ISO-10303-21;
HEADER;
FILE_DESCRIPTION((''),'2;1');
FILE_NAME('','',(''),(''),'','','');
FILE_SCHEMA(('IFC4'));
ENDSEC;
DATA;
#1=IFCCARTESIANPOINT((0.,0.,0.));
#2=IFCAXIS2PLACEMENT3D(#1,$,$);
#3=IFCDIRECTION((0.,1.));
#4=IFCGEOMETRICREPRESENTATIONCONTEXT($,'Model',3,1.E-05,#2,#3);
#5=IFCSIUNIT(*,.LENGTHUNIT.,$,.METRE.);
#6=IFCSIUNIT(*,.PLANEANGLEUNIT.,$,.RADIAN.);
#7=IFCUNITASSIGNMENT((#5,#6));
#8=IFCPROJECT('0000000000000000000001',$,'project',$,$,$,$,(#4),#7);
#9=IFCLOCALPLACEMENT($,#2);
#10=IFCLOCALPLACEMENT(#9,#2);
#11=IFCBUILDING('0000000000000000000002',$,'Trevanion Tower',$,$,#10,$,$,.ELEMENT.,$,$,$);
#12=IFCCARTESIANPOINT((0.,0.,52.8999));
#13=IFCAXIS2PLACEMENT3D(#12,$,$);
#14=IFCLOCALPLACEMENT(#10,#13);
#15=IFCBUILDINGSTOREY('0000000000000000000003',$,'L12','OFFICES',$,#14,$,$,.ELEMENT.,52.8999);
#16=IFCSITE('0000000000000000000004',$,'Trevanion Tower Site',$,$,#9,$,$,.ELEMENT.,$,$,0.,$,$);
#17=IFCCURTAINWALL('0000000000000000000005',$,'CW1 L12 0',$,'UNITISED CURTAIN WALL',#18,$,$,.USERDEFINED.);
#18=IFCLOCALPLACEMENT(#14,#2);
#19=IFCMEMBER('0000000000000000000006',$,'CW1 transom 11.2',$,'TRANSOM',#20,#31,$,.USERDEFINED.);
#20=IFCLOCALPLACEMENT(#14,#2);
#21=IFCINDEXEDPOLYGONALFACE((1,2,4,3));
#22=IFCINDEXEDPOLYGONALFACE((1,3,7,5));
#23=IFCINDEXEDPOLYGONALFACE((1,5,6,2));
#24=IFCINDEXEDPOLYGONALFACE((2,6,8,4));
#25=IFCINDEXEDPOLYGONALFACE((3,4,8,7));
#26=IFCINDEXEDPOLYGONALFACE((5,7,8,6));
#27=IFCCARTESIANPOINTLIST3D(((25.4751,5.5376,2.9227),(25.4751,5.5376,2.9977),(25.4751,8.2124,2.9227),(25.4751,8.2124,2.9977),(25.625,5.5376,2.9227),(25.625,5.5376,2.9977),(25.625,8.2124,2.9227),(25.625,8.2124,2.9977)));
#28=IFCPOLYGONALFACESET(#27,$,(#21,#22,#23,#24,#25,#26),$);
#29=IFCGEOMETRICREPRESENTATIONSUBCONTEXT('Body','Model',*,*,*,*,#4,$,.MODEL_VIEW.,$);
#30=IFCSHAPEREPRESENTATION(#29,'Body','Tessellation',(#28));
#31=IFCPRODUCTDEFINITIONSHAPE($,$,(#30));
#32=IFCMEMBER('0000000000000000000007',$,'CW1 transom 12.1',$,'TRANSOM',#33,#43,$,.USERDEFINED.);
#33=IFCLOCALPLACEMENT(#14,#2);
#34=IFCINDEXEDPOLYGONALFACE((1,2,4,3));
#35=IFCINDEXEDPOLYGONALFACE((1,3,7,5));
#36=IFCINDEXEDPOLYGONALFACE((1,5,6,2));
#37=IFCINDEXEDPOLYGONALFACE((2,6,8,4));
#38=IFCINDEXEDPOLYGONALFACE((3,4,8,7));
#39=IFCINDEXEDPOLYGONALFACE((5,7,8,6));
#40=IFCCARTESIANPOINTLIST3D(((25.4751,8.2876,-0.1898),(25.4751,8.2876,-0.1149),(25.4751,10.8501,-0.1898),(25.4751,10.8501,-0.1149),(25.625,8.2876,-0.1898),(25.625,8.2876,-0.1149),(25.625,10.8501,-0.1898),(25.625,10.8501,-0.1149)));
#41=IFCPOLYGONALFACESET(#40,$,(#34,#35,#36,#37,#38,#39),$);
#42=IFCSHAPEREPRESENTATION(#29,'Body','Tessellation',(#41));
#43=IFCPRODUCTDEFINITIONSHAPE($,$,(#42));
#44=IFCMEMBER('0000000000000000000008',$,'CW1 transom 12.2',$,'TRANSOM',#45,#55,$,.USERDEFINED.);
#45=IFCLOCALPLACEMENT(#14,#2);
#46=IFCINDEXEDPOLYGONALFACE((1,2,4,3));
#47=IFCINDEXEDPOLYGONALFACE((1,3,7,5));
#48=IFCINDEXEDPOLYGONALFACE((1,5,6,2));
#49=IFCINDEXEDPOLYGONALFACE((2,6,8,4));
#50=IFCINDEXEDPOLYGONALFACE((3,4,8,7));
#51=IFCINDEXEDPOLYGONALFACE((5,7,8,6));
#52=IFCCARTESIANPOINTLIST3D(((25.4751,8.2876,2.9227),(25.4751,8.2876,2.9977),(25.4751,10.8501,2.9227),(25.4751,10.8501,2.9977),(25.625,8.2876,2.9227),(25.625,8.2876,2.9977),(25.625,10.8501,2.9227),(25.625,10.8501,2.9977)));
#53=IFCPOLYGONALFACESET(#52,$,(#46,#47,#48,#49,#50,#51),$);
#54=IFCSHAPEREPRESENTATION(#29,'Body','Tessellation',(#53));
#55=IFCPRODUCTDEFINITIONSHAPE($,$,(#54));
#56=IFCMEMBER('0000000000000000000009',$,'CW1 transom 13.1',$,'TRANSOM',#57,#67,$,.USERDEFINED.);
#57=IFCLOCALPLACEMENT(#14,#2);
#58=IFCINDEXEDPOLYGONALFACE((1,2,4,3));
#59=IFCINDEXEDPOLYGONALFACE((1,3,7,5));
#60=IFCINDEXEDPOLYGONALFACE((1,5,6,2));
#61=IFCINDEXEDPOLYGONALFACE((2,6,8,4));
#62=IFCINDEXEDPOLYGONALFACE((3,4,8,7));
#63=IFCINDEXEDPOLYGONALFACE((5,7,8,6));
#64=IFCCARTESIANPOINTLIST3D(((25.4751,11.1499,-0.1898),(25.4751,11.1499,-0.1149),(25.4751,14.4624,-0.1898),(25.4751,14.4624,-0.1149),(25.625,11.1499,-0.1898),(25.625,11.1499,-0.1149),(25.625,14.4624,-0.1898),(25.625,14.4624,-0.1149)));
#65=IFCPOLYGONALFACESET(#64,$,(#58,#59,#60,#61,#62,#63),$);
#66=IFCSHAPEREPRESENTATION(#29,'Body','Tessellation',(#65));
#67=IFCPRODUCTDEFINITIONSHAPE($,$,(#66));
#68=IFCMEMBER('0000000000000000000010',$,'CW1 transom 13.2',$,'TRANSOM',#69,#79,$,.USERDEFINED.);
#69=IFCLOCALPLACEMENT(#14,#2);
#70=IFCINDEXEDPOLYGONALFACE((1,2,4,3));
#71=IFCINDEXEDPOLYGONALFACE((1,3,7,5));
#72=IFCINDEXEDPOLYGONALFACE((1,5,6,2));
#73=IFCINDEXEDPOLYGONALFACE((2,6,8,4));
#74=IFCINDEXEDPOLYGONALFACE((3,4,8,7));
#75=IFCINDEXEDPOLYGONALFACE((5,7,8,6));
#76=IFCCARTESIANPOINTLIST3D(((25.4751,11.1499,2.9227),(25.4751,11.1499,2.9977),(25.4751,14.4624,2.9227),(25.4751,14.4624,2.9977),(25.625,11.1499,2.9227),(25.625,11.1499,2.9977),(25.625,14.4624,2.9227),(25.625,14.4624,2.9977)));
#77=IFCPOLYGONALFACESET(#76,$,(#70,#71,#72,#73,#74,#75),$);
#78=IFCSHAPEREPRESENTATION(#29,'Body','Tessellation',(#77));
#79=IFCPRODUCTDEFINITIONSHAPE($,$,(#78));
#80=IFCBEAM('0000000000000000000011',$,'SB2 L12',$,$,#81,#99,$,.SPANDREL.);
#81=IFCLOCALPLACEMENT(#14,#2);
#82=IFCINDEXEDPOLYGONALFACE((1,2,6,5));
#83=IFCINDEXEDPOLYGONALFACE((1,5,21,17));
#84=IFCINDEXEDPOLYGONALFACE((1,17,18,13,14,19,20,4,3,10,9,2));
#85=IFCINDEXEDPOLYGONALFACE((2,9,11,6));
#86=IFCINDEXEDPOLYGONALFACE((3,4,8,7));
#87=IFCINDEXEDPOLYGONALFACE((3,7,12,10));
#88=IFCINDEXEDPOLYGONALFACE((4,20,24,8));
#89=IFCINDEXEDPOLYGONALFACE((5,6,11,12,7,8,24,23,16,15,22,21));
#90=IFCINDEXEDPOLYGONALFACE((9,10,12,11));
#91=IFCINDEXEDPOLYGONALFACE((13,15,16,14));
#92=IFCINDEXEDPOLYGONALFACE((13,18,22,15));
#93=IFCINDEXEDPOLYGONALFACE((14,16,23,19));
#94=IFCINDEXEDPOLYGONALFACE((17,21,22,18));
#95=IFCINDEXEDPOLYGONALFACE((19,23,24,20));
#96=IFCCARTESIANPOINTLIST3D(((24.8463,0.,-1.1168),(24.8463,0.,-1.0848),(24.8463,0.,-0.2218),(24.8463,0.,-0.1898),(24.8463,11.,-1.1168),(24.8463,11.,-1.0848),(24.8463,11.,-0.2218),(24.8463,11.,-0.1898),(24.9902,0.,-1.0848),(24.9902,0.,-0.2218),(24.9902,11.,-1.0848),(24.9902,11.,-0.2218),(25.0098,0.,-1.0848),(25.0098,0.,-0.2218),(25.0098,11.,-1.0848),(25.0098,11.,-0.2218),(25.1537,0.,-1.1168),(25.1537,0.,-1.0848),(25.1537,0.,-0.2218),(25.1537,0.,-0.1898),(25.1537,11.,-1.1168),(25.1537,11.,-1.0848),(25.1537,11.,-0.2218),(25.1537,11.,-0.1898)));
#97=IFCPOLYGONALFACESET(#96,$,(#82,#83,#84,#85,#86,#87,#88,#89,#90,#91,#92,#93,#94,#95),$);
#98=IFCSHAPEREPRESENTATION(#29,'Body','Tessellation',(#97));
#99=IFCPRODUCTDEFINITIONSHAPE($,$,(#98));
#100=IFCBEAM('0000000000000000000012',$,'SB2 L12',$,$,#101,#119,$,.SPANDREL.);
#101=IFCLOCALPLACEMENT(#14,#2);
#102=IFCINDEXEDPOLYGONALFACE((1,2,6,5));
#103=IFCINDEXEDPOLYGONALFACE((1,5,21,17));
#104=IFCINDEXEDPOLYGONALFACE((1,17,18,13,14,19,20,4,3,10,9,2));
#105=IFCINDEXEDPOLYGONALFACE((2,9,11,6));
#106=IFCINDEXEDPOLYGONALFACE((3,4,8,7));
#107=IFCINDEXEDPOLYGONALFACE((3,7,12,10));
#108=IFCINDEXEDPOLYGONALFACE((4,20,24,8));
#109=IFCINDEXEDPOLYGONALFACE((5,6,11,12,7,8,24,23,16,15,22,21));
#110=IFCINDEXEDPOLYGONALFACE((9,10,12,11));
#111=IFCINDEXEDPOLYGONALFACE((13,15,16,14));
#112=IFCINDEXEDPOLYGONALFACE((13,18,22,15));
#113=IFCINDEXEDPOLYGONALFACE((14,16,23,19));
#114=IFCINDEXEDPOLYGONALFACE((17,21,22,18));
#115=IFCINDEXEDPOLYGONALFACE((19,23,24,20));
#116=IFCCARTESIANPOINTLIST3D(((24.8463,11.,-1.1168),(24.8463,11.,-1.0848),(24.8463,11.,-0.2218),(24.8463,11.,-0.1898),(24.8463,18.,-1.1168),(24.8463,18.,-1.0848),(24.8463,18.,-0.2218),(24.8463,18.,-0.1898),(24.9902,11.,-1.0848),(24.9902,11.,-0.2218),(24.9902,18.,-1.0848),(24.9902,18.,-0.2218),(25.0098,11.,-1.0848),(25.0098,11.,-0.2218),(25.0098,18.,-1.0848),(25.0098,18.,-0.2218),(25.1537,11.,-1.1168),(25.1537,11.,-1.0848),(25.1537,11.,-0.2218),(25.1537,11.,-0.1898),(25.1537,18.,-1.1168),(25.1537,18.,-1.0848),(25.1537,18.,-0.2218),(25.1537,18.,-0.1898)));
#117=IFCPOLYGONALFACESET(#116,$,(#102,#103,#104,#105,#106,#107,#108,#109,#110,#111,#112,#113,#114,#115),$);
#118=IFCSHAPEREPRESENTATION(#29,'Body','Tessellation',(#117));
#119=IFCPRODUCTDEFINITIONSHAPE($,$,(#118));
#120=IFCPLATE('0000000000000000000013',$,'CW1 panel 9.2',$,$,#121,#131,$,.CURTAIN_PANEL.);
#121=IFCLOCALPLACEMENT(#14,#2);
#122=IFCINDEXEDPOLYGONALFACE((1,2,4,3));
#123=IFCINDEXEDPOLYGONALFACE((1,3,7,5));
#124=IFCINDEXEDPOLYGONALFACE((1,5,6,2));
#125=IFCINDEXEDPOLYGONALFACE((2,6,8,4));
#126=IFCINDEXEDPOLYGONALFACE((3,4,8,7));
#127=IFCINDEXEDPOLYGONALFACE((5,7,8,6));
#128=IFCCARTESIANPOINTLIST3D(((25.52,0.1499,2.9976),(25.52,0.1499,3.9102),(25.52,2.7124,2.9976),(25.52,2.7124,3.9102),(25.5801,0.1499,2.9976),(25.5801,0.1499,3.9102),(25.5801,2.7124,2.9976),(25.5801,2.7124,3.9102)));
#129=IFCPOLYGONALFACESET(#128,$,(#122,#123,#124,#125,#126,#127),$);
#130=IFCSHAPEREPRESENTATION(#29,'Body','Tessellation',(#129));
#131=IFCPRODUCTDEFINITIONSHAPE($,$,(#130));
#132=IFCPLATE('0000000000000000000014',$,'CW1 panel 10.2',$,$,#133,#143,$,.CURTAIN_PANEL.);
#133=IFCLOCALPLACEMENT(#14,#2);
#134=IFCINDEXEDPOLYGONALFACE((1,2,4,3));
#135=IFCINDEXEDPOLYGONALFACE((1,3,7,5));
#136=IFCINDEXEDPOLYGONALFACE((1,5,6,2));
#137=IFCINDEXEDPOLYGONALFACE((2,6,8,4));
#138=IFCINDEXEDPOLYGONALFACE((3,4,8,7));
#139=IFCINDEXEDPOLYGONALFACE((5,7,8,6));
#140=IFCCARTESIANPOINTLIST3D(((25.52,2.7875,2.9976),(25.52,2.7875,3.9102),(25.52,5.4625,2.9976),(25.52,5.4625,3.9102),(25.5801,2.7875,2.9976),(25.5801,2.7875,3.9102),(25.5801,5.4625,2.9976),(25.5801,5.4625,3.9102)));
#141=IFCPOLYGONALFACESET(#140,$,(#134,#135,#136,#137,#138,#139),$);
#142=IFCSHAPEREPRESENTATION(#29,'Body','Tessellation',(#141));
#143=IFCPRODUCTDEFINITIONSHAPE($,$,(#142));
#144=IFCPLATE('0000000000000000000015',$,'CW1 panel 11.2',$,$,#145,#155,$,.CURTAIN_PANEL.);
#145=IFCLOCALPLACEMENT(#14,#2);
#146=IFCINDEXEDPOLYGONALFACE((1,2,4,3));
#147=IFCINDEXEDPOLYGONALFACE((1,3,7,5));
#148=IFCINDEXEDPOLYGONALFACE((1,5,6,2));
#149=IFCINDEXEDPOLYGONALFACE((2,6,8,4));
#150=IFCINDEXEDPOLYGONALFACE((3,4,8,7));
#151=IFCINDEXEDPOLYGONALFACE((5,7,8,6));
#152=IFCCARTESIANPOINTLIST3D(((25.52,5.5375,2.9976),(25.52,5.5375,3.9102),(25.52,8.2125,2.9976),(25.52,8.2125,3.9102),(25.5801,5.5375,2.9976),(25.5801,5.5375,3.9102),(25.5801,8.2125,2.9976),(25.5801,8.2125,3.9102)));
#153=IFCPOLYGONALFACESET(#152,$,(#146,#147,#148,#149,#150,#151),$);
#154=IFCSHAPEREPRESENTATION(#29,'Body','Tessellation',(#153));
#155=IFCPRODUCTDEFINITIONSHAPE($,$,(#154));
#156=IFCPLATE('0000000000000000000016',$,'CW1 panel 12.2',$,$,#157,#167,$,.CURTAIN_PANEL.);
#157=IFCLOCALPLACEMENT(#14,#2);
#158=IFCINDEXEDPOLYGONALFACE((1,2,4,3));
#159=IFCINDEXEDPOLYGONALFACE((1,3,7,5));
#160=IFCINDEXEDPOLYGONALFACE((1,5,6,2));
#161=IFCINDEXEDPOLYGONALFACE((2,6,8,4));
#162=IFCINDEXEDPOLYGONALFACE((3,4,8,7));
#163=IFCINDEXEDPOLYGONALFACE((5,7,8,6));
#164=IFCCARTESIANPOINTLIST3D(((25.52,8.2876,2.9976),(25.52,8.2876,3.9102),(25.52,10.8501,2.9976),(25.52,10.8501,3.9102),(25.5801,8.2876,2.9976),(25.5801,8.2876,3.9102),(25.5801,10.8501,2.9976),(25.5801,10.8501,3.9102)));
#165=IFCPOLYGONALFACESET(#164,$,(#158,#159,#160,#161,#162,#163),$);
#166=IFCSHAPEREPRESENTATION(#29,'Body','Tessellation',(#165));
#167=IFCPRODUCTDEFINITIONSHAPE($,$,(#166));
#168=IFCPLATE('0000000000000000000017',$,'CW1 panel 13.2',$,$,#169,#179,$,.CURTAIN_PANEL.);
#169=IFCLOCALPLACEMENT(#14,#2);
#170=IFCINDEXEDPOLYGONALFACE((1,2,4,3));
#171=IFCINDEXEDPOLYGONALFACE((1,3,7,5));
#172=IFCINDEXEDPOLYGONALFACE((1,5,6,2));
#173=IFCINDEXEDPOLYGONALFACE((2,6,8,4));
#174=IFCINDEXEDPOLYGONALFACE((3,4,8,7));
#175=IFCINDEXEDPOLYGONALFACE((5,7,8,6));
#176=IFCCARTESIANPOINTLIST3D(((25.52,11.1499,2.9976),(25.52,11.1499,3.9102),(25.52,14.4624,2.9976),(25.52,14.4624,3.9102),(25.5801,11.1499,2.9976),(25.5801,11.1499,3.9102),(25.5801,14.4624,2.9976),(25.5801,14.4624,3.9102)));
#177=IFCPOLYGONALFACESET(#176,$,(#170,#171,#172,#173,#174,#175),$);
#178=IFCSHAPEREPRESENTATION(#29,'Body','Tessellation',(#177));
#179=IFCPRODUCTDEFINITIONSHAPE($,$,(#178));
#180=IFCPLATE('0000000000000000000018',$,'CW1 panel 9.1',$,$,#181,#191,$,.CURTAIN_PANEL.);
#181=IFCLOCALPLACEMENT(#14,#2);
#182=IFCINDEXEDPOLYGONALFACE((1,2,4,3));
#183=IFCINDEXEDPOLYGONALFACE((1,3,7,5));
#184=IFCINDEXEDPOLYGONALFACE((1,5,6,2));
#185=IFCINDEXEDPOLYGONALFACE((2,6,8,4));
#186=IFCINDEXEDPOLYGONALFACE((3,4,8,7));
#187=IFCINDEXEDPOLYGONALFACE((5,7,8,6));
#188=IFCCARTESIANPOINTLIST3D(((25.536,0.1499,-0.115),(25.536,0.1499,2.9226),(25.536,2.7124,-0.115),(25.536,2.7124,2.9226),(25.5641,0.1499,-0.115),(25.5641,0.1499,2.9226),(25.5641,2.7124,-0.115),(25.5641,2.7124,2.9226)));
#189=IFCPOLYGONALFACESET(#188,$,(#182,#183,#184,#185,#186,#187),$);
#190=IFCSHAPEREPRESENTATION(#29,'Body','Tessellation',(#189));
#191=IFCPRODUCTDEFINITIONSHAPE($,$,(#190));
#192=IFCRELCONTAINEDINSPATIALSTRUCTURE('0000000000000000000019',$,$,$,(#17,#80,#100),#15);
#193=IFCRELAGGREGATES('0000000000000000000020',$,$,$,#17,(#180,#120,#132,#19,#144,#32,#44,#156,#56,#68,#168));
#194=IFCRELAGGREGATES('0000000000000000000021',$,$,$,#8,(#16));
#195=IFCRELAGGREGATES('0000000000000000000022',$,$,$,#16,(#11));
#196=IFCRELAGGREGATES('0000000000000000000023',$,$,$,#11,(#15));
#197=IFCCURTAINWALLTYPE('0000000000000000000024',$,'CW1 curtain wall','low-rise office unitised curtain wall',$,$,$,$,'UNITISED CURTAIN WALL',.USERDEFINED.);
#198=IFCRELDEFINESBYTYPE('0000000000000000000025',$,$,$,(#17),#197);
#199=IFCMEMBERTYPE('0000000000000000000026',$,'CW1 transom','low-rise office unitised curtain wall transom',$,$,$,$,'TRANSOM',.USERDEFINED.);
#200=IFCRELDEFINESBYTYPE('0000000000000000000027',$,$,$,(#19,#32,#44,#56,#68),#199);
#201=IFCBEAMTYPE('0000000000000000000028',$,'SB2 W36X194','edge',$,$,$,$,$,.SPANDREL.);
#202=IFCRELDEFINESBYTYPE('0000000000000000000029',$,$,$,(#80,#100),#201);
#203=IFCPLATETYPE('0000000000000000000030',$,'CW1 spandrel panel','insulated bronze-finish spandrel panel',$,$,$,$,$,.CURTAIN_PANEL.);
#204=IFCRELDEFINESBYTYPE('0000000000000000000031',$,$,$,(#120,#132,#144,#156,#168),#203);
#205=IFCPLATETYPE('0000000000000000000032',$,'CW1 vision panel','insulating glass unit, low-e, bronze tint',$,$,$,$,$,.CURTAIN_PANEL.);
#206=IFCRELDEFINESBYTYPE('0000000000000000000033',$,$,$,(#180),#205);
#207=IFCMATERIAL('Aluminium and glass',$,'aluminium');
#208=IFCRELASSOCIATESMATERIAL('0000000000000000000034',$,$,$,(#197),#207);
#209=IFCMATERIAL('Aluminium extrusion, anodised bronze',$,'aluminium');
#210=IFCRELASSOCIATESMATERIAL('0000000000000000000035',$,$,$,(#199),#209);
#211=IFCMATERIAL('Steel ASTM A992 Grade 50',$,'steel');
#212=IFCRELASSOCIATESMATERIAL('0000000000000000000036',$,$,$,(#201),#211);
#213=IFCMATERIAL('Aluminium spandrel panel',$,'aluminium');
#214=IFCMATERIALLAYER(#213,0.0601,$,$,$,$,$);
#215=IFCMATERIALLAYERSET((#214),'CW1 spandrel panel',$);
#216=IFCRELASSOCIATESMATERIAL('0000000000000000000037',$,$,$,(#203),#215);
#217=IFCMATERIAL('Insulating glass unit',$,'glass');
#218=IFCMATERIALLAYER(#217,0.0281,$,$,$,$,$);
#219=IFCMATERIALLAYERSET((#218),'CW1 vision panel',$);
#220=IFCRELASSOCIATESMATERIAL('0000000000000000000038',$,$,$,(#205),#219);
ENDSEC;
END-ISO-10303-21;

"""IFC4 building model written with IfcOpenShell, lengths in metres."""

from ifc_helpers import new_model, si_unit, direction, frame, origin, origin_2d, place, context, subcontext, project, spatial, rectangle, i_section, extrude, material, layer, layer_set, material_profile, profile_set, type_object, element, aggregate, save


model = new_model("IFC4")

# Units and contexts
model_context = context("Model", 3, precision=1e-05, world=origin(), true_north=direction((0.0, 1.0)))
body_context = subcontext(model_context, "Body", "Model", "MODEL_VIEW")
ifc_project = project(units=[si_unit("LENGTHUNIT", "METRE"), si_unit("PLANEANGLEUNIT", "RADIAN")], contexts=[model_context])

# Site, building, storey
site_placement = place(None, origin())
site = spatial("IfcSite", under=ifc_project, at=site_placement, Name="Trevanion Tower Site", CompositionType="ELEMENT", RefElevation=0.0)
building_placement = place(site_placement, origin())
building = spatial("IfcBuilding", under=site, at=building_placement, Name="Trevanion Tower", CompositionType="ELEMENT")
storey_placement = place(building_placement, frame((0.0, 0.0, 52.8999)))
storey = spatial("IfcBuildingStorey", under=building, at=storey_placement, Name="L12", Description="OFFICES", CompositionType="ELEMENT", Elevation=52.8999)

# Curtain wall, members
ifc_material_1 = material(Name="Aluminium and glass", Category="aluminium")
curtain_wall_type = type_object("IfcCurtainWallType", Name="CW1 curtain wall", Description="low-rise office unitised curtain wall", ElementType="UNITISED CURTAIN WALL", PredefinedType="USERDEFINED", material=ifc_material_1)
curtain_wall_placement = place(storey_placement, origin())
curtain_wall = element("IfcCurtainWall", 1, at=curtain_wall_placement, inside=storey, type_object=curtain_wall_type, Name="CW1 L12 0", ObjectType="UNITISED CURTAIN WALL", PredefinedType="USERDEFINED")
ifc_material_2 = material(Name="Aluminium extrusion, anodised bronze", Category="aluminium")
ifc_material_profile_1 = material_profile(ifc_material_2, rectangle(XDim=0.1499, YDim=0.075, at=origin_2d()), Name="CW1 transom")
ifc_profile_set_1 = profile_set([ifc_material_profile_1], Name="Aluminium extrusion, anodised bronze")
member_type_1 = type_object("IfcMemberType", Name="CW1 transom", Description="low-rise office unitised curtain wall transom", ElementType="TRANSOM", PredefinedType="USERDEFINED", material=ifc_profile_set_1)
member_1_placement = place(storey_placement, frame((25.55, 5.5376, 2.9602), z_axis=(0.0, 1.0, 0.0), x_axis=(-1.0, 0.0, 0.0)))
member_1 = element("IfcMember", 2, at=member_1_placement, type_object=member_type_1, Name="CW1 transom 11.2", ObjectType="TRANSOM", PredefinedType="USERDEFINED", context=body_context, shape_type="SweptSolid", body=[
    extrude(rectangle(XDim=0.1499, YDim=0.075, at=origin_2d()), origin(), (0.0, 0.0, 1.0), 2.6748),
])
member_2_placement = place(storey_placement, frame((25.55, 8.2876, -0.1523), z_axis=(0.0, 1.0, 0.0), x_axis=(-1.0, 0.0, 0.0)))
member_2 = element("IfcMember", 3, at=member_2_placement, type_object=member_type_1, Name="CW1 transom 12.1", ObjectType="TRANSOM", PredefinedType="USERDEFINED", context=body_context, shape_type="SweptSolid", body=[
    extrude(rectangle(XDim=0.1499, YDim=0.075, at=origin_2d()), origin(), (0.0, 0.0, 1.0), 2.5625),
])
member_3_placement = place(storey_placement, frame((25.55, 8.2876, 2.9602), z_axis=(0.0, 1.0, 0.0), x_axis=(-1.0, 0.0, 0.0)))
member_3 = element("IfcMember", 4, at=member_3_placement, type_object=member_type_1, Name="CW1 transom 12.2", ObjectType="TRANSOM", PredefinedType="USERDEFINED", context=body_context, shape_type="SweptSolid", body=[
    extrude(rectangle(XDim=0.1499, YDim=0.075, at=origin_2d()), origin(), (0.0, 0.0, 1.0), 2.5625),
])
member_4_placement = place(storey_placement, frame((25.55, 11.1499, -0.1523), z_axis=(0.0, 1.0, 0.0), x_axis=(-1.0, 0.0, 0.0)))
member_4 = element("IfcMember", 5, at=member_4_placement, type_object=member_type_1, Name="CW1 transom 13.1", ObjectType="TRANSOM", PredefinedType="USERDEFINED", context=body_context, shape_type="SweptSolid", body=[
    extrude(rectangle(XDim=0.1499, YDim=0.075, at=origin_2d()), origin(), (0.0, 0.0, 1.0), 3.3125),
])
member_5_placement = place(storey_placement, frame((25.55, 11.1499, 2.9602), z_axis=(0.0, 1.0, 0.0), x_axis=(-1.0, 0.0, 0.0)))
member_5 = element("IfcMember", 6, at=member_5_placement, type_object=member_type_1, Name="CW1 transom 13.2", ObjectType="TRANSOM", PredefinedType="USERDEFINED", context=body_context, shape_type="SweptSolid", body=[
    extrude(rectangle(XDim=0.1499, YDim=0.075, at=origin_2d()), origin(), (0.0, 0.0, 1.0), 3.3125),
])

# Beams
ifc_material_3 = material(Name="Steel ASTM A992 Grade 50", Category="steel")
ifc_material_profile_2 = material_profile(ifc_material_3, i_section(OverallWidth=0.3074, OverallDepth=0.927, WebThickness=0.0195, FlangeThickness=0.032, at=origin_2d()), Name="W36X194")
ifc_profile_set_2 = profile_set([ifc_material_profile_2], Name="Steel ASTM A992 Grade 50")
beam_type_1 = type_object("IfcBeamType", Name="SB2 W36X194", Description="edge", PredefinedType="SPANDREL", material=ifc_profile_set_2)
beam_1_placement = place(storey_placement, frame((25.0, 0.0, -0.6533), z_axis=(0.0, 1.0, 0.0), x_axis=(-1.0, 0.0, 0.0)))
element("IfcBeam", 7, at=beam_1_placement, inside=storey, type_object=beam_type_1, Name="SB2 L12", PredefinedType="SPANDREL", context=body_context, shape_type="SweptSolid", body=[
    extrude(i_section(OverallWidth=0.3074, OverallDepth=0.927, WebThickness=0.0195, FlangeThickness=0.032, at=origin_2d()), origin(), (0.0, 0.0, 1.0), 11.0),
])
beam_2_placement = place(storey_placement, frame((25.0, 11.0, -0.6533), z_axis=(0.0, 1.0, 0.0), x_axis=(-1.0, 0.0, 0.0)))
element("IfcBeam", 8, at=beam_2_placement, inside=storey, type_object=beam_type_1, Name="SB2 L12", PredefinedType="SPANDREL", context=body_context, shape_type="SweptSolid", body=[
    extrude(i_section(OverallWidth=0.3074, OverallDepth=0.927, WebThickness=0.0195, FlangeThickness=0.032, at=origin_2d()), origin(), (0.0, 0.0, 1.0), 7.0),
])

# Plates
ifc_material_4 = material(Name="Aluminium spandrel panel", Category="aluminium")
ifc_layer_1 = layer(ifc_material_4, 0.0601)
ifc_layer_set_1 = layer_set([ifc_layer_1], Name="CW1 spandrel panel")
plate_type_1 = type_object("IfcPlateType", Name="CW1 spandrel panel", Description="insulated bronze-finish spandrel panel", PredefinedType="CURTAIN_PANEL", material=ifc_layer_set_1)
plate_1_placement = place(storey_placement, frame((25.55, 1.4312, 2.9976), z_axis=(0.0, 0.0, 1.0), x_axis=(0.0, 1.0, 0.0)))
plate_1 = element("IfcPlate", 9, at=plate_1_placement, type_object=plate_type_1, Name="CW1 panel 9.2", PredefinedType="CURTAIN_PANEL", context=body_context, shape_type="SweptSolid", body=[
    extrude(rectangle(XDim=2.5625, YDim=0.0601, at=origin_2d()), origin(), (0.0, 0.0, 1.0), 0.9126),
])
plate_2_placement = place(storey_placement, frame((25.55, 4.125, 2.9976), z_axis=(0.0, 0.0, 1.0), x_axis=(0.0, 1.0, 0.0)))
plate_2 = element("IfcPlate", 10, at=plate_2_placement, type_object=plate_type_1, Name="CW1 panel 10.2", PredefinedType="CURTAIN_PANEL", context=body_context, shape_type="SweptSolid", body=[
    extrude(rectangle(XDim=2.675, YDim=0.0601, at=origin_2d()), origin(), (0.0, 0.0, 1.0), 0.9126),
])
plate_3_placement = place(storey_placement, frame((25.55, 6.875, 2.9976), z_axis=(0.0, 0.0, 1.0), x_axis=(0.0, 1.0, 0.0)))
plate_3 = element("IfcPlate", 11, at=plate_3_placement, type_object=plate_type_1, Name="CW1 panel 11.2", PredefinedType="CURTAIN_PANEL", context=body_context, shape_type="SweptSolid", body=[
    extrude(rectangle(XDim=2.675, YDim=0.0601, at=origin_2d()), origin(), (0.0, 0.0, 1.0), 0.9126),
])
plate_4_placement = place(storey_placement, frame((25.55, 9.5688, 2.9976), z_axis=(0.0, 0.0, 1.0), x_axis=(0.0, 1.0, 0.0)))
plate_4 = element("IfcPlate", 12, at=plate_4_placement, type_object=plate_type_1, Name="CW1 panel 12.2", PredefinedType="CURTAIN_PANEL", context=body_context, shape_type="SweptSolid", body=[
    extrude(rectangle(XDim=2.5625, YDim=0.0601, at=origin_2d()), origin(), (0.0, 0.0, 1.0), 0.9126),
])
plate_5_placement = place(storey_placement, frame((25.55, 12.8062, 2.9976), z_axis=(0.0, 0.0, 1.0), x_axis=(0.0, 1.0, 0.0)))
plate_5 = element("IfcPlate", 13, at=plate_5_placement, type_object=plate_type_1, Name="CW1 panel 13.2", PredefinedType="CURTAIN_PANEL", context=body_context, shape_type="SweptSolid", body=[
    extrude(rectangle(XDim=3.3125, YDim=0.0601, at=origin_2d()), origin(), (0.0, 0.0, 1.0), 0.9126),
])
ifc_material_5 = material(Name="Insulating glass unit", Category="glass")
ifc_layer_2 = layer(ifc_material_5, 0.0281)
ifc_layer_set_2 = layer_set([ifc_layer_2], Name="CW1 vision panel")
plate_type_2 = type_object("IfcPlateType", Name="CW1 vision panel", Description="insulating glass unit, low-e, bronze tint", PredefinedType="CURTAIN_PANEL", material=ifc_layer_set_2)
plate_6_placement = place(storey_placement, frame((25.55, 1.4312, -0.115), z_axis=(0.0, 0.0, 1.0), x_axis=(0.0, 1.0, 0.0)))
plate_6 = element("IfcPlate", 14, at=plate_6_placement, type_object=plate_type_2, Name="CW1 panel 9.1", PredefinedType="CURTAIN_PANEL", context=body_context, shape_type="SweptSolid", body=[
    extrude(rectangle(XDim=2.5625, YDim=0.0281, at=origin_2d()), origin(), (0.0, 0.0, 1.0), 3.0376),
])
aggregate(curtain_wall, [plate_6, plate_1, plate_2, member_1, plate_3, member_2, member_3, plate_4, member_4, member_5, plate_5])

save(model, "model.ifc")
